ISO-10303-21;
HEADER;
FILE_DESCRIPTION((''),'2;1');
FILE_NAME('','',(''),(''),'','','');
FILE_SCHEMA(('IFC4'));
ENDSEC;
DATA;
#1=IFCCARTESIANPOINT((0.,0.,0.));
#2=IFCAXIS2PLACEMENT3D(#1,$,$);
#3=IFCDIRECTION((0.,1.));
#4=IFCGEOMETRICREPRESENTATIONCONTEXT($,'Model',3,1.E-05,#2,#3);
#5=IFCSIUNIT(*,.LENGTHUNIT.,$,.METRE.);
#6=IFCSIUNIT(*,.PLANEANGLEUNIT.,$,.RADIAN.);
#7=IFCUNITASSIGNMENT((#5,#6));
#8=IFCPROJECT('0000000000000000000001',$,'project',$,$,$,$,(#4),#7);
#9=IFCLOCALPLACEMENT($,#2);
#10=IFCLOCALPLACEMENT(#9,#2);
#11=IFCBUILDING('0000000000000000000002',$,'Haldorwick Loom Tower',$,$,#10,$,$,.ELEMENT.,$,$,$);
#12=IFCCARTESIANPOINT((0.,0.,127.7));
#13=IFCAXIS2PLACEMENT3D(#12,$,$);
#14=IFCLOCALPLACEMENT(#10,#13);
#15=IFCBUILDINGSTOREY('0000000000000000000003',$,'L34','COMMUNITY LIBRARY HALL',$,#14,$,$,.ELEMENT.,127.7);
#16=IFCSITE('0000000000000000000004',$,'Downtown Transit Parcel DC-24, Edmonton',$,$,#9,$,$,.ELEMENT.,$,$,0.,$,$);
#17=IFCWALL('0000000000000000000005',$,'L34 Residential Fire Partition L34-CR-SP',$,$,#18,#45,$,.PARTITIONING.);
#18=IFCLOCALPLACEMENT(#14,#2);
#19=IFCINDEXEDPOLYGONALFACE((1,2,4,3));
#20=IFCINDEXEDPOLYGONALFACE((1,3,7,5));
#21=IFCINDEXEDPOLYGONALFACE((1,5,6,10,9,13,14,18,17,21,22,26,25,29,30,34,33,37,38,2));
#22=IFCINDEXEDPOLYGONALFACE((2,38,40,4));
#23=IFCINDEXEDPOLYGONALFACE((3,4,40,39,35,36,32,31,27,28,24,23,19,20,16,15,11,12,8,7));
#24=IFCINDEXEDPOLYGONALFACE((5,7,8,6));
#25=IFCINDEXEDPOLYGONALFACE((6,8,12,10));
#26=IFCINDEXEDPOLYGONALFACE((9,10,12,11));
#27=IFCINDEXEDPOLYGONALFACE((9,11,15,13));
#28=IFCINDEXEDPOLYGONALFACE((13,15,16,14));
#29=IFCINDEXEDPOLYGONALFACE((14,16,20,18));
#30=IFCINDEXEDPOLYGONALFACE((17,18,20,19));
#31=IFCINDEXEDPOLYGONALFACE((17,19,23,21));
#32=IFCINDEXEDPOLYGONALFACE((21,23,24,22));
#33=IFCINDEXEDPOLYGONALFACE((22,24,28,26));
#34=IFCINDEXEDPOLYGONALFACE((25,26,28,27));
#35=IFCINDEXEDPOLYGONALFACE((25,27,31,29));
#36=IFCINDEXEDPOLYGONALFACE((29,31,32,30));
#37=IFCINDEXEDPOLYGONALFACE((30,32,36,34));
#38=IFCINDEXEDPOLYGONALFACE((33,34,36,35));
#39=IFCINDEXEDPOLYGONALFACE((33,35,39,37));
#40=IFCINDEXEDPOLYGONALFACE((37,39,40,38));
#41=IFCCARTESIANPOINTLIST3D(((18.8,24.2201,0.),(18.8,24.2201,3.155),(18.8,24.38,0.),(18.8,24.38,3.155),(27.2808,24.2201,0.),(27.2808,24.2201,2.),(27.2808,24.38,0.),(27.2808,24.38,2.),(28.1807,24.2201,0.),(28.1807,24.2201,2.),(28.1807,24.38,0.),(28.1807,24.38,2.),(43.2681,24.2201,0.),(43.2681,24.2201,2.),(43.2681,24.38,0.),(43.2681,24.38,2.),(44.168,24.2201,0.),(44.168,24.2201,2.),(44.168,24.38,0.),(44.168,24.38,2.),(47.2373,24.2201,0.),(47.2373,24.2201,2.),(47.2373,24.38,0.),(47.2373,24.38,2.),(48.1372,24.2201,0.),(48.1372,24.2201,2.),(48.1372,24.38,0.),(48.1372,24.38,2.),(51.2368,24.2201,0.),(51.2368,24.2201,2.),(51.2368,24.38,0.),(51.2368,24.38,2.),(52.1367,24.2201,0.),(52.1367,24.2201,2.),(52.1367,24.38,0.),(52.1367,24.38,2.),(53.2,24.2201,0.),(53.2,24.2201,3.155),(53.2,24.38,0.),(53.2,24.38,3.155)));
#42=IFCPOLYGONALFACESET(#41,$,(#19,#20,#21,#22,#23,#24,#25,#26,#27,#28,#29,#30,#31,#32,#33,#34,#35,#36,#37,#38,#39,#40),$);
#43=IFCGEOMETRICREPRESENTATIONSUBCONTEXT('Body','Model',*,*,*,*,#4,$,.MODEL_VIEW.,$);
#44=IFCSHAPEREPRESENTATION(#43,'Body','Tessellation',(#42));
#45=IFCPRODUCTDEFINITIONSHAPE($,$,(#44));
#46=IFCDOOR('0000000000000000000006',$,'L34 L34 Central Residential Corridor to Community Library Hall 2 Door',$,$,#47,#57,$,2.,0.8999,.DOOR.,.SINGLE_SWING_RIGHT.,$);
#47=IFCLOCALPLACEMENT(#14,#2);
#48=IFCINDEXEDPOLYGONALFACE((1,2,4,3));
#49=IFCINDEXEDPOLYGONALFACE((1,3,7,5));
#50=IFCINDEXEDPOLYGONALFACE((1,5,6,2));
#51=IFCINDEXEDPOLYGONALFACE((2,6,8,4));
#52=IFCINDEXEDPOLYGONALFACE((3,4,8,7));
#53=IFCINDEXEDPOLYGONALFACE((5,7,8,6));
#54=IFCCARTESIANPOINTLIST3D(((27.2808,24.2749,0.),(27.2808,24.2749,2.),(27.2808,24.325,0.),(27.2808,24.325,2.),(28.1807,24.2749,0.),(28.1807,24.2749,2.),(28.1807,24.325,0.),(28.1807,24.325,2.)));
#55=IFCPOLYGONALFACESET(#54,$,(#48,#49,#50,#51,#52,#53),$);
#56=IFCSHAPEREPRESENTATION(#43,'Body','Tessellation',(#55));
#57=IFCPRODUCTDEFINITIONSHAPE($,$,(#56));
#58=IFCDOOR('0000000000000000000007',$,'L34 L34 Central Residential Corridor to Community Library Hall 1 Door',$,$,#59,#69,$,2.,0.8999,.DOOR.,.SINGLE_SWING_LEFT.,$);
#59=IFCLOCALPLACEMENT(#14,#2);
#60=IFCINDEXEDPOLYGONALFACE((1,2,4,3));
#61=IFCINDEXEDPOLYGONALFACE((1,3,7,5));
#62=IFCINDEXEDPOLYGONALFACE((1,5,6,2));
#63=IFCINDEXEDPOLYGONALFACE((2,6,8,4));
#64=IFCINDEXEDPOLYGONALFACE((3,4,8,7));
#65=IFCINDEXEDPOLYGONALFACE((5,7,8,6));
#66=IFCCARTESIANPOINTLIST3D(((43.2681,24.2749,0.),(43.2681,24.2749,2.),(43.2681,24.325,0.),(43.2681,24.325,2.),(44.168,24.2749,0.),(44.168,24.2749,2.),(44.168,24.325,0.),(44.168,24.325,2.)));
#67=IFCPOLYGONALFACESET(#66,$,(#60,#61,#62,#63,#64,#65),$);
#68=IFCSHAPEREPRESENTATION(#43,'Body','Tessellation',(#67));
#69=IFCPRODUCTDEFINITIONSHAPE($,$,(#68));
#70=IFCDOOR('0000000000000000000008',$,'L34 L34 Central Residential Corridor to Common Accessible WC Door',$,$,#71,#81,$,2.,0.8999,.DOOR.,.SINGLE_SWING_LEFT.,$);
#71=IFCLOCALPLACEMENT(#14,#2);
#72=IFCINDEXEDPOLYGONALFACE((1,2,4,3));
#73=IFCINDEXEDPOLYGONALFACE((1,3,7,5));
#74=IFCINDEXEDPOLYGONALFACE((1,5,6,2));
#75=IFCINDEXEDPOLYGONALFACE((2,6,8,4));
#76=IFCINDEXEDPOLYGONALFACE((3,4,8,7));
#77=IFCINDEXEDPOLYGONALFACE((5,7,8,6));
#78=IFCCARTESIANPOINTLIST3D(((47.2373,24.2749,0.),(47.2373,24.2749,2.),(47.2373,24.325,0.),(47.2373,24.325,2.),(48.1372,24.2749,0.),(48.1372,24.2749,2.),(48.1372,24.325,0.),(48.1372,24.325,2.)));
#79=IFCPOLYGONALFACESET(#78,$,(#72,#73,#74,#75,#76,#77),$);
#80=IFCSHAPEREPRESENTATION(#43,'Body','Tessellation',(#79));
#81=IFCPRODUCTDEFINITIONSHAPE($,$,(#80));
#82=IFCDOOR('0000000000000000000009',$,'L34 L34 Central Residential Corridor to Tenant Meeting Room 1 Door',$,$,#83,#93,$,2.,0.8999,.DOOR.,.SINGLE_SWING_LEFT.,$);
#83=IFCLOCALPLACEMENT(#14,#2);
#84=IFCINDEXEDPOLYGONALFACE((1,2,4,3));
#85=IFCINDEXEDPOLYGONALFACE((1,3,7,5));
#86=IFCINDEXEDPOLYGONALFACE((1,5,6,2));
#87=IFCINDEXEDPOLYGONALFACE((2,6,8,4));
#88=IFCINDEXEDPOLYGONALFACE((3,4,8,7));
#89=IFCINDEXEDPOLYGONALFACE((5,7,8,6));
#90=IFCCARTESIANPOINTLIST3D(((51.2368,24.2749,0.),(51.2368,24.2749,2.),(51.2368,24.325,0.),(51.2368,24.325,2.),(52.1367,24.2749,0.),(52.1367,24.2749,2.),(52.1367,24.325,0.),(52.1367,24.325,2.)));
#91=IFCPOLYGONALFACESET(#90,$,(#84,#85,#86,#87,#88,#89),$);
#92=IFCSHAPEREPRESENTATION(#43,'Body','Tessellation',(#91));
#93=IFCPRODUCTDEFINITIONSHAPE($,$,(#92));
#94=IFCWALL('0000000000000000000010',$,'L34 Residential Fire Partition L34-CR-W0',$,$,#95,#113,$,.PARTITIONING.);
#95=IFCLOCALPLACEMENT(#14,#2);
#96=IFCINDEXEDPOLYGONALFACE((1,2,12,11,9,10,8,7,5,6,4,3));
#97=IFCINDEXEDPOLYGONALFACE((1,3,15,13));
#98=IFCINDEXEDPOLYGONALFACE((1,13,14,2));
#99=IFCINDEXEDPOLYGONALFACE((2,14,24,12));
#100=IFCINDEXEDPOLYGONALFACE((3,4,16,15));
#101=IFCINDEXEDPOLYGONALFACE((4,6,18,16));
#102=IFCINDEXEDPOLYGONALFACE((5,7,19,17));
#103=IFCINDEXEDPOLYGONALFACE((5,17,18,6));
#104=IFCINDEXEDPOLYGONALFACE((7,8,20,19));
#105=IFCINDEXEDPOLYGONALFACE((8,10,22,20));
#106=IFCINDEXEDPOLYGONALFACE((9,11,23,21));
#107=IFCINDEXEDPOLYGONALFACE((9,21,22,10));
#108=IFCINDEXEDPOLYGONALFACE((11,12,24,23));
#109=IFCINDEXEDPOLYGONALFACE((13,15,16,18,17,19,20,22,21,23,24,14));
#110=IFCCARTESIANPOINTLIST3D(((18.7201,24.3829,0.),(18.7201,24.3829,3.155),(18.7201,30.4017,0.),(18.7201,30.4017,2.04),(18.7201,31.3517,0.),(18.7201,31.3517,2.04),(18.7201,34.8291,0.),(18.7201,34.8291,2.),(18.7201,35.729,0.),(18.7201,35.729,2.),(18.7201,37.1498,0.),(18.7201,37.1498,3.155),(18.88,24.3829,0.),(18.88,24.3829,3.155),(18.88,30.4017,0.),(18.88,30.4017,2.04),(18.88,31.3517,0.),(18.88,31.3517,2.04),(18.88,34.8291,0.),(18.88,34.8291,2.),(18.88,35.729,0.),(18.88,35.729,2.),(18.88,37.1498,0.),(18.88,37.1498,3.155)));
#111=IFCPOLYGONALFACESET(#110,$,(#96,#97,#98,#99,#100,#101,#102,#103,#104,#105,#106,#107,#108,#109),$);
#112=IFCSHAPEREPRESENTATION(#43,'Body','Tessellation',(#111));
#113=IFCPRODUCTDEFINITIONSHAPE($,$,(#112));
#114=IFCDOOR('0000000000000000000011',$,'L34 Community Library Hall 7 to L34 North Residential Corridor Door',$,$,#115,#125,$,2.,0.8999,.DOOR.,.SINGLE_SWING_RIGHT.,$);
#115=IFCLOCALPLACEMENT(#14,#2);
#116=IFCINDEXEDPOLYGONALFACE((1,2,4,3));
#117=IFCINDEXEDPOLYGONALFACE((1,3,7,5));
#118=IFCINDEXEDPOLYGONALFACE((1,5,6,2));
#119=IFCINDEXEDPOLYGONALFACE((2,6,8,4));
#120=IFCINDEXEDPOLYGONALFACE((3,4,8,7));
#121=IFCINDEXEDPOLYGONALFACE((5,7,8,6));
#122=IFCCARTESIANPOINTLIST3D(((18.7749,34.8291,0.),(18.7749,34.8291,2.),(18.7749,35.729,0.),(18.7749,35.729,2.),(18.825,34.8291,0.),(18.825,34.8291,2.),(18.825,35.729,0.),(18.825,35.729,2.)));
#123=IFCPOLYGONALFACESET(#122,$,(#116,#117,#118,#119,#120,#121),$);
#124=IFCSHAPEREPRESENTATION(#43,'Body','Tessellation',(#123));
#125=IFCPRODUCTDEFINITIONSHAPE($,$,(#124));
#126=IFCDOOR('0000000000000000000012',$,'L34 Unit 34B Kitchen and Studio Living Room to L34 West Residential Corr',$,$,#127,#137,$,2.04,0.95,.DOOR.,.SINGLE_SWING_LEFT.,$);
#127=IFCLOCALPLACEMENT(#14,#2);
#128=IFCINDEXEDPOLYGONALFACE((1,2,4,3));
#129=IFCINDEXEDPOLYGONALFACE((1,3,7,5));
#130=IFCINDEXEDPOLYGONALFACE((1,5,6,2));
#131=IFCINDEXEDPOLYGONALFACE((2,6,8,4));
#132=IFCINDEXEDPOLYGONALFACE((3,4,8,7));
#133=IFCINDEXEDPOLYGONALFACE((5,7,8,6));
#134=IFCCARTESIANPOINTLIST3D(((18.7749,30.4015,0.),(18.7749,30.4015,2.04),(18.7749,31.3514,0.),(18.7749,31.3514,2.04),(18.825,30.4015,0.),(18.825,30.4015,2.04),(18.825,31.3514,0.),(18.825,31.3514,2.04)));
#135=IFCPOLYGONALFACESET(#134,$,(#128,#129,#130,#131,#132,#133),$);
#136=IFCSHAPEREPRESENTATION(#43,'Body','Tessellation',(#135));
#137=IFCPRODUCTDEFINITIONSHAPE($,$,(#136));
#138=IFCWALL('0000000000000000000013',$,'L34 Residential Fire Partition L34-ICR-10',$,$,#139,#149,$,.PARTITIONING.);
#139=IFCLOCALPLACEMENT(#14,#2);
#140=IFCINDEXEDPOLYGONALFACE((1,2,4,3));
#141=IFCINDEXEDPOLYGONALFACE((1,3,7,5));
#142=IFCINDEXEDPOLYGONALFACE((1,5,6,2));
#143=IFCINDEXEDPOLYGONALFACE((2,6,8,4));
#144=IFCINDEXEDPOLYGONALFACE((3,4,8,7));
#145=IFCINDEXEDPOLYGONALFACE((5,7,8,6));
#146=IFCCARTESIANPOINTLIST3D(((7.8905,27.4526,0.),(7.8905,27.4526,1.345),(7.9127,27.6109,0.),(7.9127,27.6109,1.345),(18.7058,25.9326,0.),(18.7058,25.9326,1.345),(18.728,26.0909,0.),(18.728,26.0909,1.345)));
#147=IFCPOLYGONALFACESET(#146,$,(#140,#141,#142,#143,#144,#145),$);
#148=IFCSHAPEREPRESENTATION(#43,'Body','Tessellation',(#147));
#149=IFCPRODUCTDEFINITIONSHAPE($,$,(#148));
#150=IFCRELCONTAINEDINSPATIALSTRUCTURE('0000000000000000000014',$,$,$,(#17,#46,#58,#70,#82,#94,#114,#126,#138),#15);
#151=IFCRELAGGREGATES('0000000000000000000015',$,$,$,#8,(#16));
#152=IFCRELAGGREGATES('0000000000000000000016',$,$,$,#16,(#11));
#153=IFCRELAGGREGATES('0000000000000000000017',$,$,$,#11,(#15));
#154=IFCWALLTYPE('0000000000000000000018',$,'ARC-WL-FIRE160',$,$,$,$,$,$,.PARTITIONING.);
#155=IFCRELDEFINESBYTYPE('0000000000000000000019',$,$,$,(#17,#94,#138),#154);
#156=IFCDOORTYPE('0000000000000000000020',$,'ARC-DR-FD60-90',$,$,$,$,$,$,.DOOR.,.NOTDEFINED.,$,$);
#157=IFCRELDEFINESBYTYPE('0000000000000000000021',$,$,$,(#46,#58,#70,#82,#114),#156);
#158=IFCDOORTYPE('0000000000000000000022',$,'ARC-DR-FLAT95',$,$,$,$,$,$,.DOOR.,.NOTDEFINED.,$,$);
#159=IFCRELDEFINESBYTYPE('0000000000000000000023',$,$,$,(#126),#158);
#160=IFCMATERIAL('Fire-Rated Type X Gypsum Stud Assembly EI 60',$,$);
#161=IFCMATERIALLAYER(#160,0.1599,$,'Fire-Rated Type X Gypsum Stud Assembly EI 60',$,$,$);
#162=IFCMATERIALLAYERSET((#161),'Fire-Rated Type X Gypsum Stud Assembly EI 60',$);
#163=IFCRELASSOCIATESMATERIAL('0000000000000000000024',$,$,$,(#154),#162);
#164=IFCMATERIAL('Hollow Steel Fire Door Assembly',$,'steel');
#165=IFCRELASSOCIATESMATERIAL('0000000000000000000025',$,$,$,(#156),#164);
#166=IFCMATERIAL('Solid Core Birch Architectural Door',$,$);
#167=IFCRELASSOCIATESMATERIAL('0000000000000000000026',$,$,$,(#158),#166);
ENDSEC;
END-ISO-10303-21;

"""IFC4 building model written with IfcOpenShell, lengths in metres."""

from ifc_helpers import new_model, si_unit, direction, frame, frame_2d, origin, place, context, subcontext, project, spatial, rectangle, extrude, material, layer, layer_set, type_object, element, fill, save


model = new_model("IFC4")

# Units and contexts
model_context = context("Model", 3, precision=1e-05, world=origin(), true_north=direction((0.0, 1.0)))
body_context = subcontext(model_context, "Body", "Model", "MODEL_VIEW")
ifc_project = project(units=[si_unit("LENGTHUNIT", "METRE"), si_unit("PLANEANGLEUNIT", "RADIAN")], contexts=[model_context])

# Site, building, storey
site_placement = place(None, origin())
site = spatial("IfcSite", under=ifc_project, at=site_placement, Name="Downtown Transit Parcel DC-24, Edmonton", CompositionType="ELEMENT", RefElevation=0.0)
building_placement = place(site_placement, origin())
building = spatial("IfcBuilding", under=site, at=building_placement, Name="Haldorwick Loom Tower", CompositionType="ELEMENT")
storey_placement = place(building_placement, frame((0.0, 0.0, 127.7)))
storey = spatial("IfcBuildingStorey", under=building, at=storey_placement, Name="L34", Description="COMMUNITY LIBRARY HALL", CompositionType="ELEMENT", Elevation=127.7)

# Walls, openings, doors
ifc_material_1 = material(Name="Fire-Rated Type X Gypsum Stud Assembly EI 60")
ifc_layer_1 = layer(ifc_material_1, 0.1599, Name="Fire-Rated Type X Gypsum Stud Assembly EI 60")
ifc_layer_set_1 = layer_set([ifc_layer_1], Name="Fire-Rated Type X Gypsum Stud Assembly EI 60")
wall_type_1 = type_object("IfcWallType", Name="ARC-WL-FIRE160", PredefinedType="PARTITIONING", material=ifc_layer_set_1)
wall_1_placement = place(storey_placement, frame((18.8, 24.3, 0.0), z_axis=(0.0, 0.0, 1.0), x_axis=(1.0, 0.0, 0.0)))
wall_1 = element("IfcWall", 1, at=wall_1_placement, inside=storey, type_object=wall_type_1, Name="L34 Residential Fire Partition L34-CR-SP", PredefinedType="PARTITIONING", context=body_context, shape_type="SweptSolid", body=[
    extrude(rectangle(XDim=34.3999, YDim=0.1599, at=frame_2d((17.2, 0.0))), origin(), (0.0, 0.0, 1.0), 3.155),
])
opening_1_placement = place(wall_1_placement, frame((8.4807, 0.0, 0.0)))
opening_1 = element("IfcOpeningElement", 2, at=opening_1_placement, cuts=wall_1, PredefinedType="OPENING", context=body_context, shape_type="SweptSolid", body=[
    extrude(rectangle(XDim=0.8999, YDim=2.0, at=frame_2d((0.45, 1.0))), frame((0.0, 0.0898, 0.0), z_axis=(0.0, -1.0, 0.0), x_axis=(1.0, 0.0, 0.0)), (0.0, 0.0, 1.0), 0.1799),
])
opening_2_placement = place(wall_1_placement, frame((24.468, 0.0, 0.0)))
opening_2 = element("IfcOpeningElement", 3, at=opening_2_placement, cuts=wall_1, PredefinedType="OPENING", context=body_context, shape_type="SweptSolid", body=[
    extrude(rectangle(XDim=0.8999, YDim=2.0, at=frame_2d((0.45, 1.0))), frame((0.0, 0.0898, 0.0), z_axis=(0.0, -1.0, 0.0), x_axis=(1.0, 0.0, 0.0)), (0.0, 0.0, 1.0), 0.1799),
])
opening_3_placement = place(wall_1_placement, frame((28.4373, 0.0, 0.0)))
opening_3 = element("IfcOpeningElement", 4, at=opening_3_placement, cuts=wall_1, PredefinedType="OPENING", context=body_context, shape_type="SweptSolid", body=[
    extrude(rectangle(XDim=0.8999, YDim=2.0, at=frame_2d((0.45, 1.0))), frame((0.0, 0.0898, 0.0), z_axis=(0.0, -1.0, 0.0), x_axis=(1.0, 0.0, 0.0)), (0.0, 0.0, 1.0), 0.1799),
])
opening_4_placement = place(wall_1_placement, frame((32.4368, 0.0, 0.0)))
opening_4 = element("IfcOpeningElement", 5, at=opening_4_placement, cuts=wall_1, PredefinedType="OPENING", context=body_context, shape_type="SweptSolid", body=[
    extrude(rectangle(XDim=0.8999, YDim=2.0, at=frame_2d((0.45, 1.0))), frame((0.0, 0.0898, 0.0), z_axis=(0.0, -1.0, 0.0), x_axis=(1.0, 0.0, 0.0)), (0.0, 0.0, 1.0), 0.1799),
])
ifc_material_2 = material(Name="Hollow Steel Fire Door Assembly", Category="steel")
door_type_1 = type_object("IfcDoorType", Name="ARC-DR-FD60-90", OperationType="NOTDEFINED", PredefinedType="DOOR", material=ifc_material_2)
door_1_placement = place(opening_1_placement, origin())
door_1 = element("IfcDoor", 6, at=door_1_placement, inside=storey, type_object=door_type_1, Name="L34 L34 Central Residential Corridor to Community Library Hall 2 Door", OperationType="SINGLE_SWING_RIGHT", OverallHeight=2.0, OverallWidth=0.8999, PredefinedType="DOOR", context=body_context, shape_type="SweptSolid", body=[
    extrude(rectangle(XDim=0.8999, YDim=2.0, at=frame_2d((0.45, 1.0))), frame((0.0, 0.0249, 0.0), z_axis=(0.0, -1.0, 0.0), x_axis=(1.0, 0.0, 0.0)), (0.0, 0.0, 1.0), 0.05),
])
fill(opening_1, door_1)
door_2_placement = place(opening_2_placement, origin())
door_2 = element("IfcDoor", 7, at=door_2_placement, inside=storey, type_object=door_type_1, Name="L34 L34 Central Residential Corridor to Community Library Hall 1 Door", OperationType="SINGLE_SWING_LEFT", OverallHeight=2.0, OverallWidth=0.8999, PredefinedType="DOOR", context=body_context, shape_type="SweptSolid", body=[
    extrude(rectangle(XDim=0.8999, YDim=2.0, at=frame_2d((0.45, 1.0))), frame((0.0, 0.0249, 0.0), z_axis=(0.0, -1.0, 0.0), x_axis=(1.0, 0.0, 0.0)), (0.0, 0.0, 1.0), 0.05),
])
fill(opening_2, door_2)
door_3_placement = place(opening_3_placement, origin())
door_3 = element("IfcDoor", 8, at=door_3_placement, inside=storey, type_object=door_type_1, Name="L34 L34 Central Residential Corridor to Common Accessible WC Door", OperationType="SINGLE_SWING_LEFT", OverallHeight=2.0, OverallWidth=0.8999, PredefinedType="DOOR", context=body_context, shape_type="SweptSolid", body=[
    extrude(rectangle(XDim=0.8999, YDim=2.0, at=frame_2d((0.45, 1.0))), frame((0.0, 0.0249, 0.0), z_axis=(0.0, -1.0, 0.0), x_axis=(1.0, 0.0, 0.0)), (0.0, 0.0, 1.0), 0.05),
])
fill(opening_3, door_3)
door_4_placement = place(opening_4_placement, origin())
door_4 = element("IfcDoor", 9, at=door_4_placement, inside=storey, type_object=door_type_1, Name="L34 L34 Central Residential Corridor to Tenant Meeting Room 1 Door", OperationType="SINGLE_SWING_LEFT", OverallHeight=2.0, OverallWidth=0.8999, PredefinedType="DOOR", context=body_context, shape_type="SweptSolid", body=[
    extrude(rectangle(XDim=0.8999, YDim=2.0, at=frame_2d((0.45, 1.0))), frame((0.0, 0.0249, 0.0), z_axis=(0.0, -1.0, 0.0), x_axis=(1.0, 0.0, 0.0)), (0.0, 0.0, 1.0), 0.05),
])
fill(opening_4, door_4)
wall_2_placement = place(storey_placement, frame((18.8, 24.3831, 0.0), z_axis=(0.0, 0.0, 1.0), x_axis=(0.0, 1.0, 0.0)))
wall_2 = element("IfcWall", 10, at=wall_2_placement, inside=storey, type_object=wall_type_1, Name="L34 Residential Fire Partition L34-CR-W0", PredefinedType="PARTITIONING", context=body_context, shape_type="SweptSolid", body=[
    extrude(rectangle(XDim=12.7668, YDim=0.1599, at=frame_2d((6.3833, 0.0))), origin(), (0.0, 0.0, 1.0), 3.155),
])
opening_5_placement = place(wall_2_placement, frame((6.0186, 0.0, 0.0)))
opening_5 = element("IfcOpeningElement", 11, at=opening_5_placement, cuts=wall_2, PredefinedType="OPENING", context=body_context, shape_type="SweptSolid", body=[
    extrude(rectangle(XDim=0.95, YDim=2.04, at=frame_2d((0.4751, 1.02))), frame((0.0, 0.0898, 0.0), z_axis=(0.0, -1.0, 0.0), x_axis=(1.0, 0.0, 0.0)), (0.0, 0.0, 1.0), 0.1799),
])
opening_6_placement = place(wall_2_placement, frame((10.446, 0.0, 0.0)))
opening_6 = element("IfcOpeningElement", 12, at=opening_6_placement, cuts=wall_2, PredefinedType="OPENING", context=body_context, shape_type="SweptSolid", body=[
    extrude(rectangle(XDim=0.8999, YDim=2.0, at=frame_2d((0.45, 1.0))), frame((0.0, 0.0898, 0.0), z_axis=(0.0, -1.0, 0.0), x_axis=(1.0, 0.0, 0.0)), (0.0, 0.0, 1.0), 0.1799),
])
door_5_placement = place(opening_6_placement, frame((0.8999, 0.0, 0.0), z_axis=(0.0, 0.0, 1.0), x_axis=(-1.0, 0.0, 0.0)))
door_5 = element("IfcDoor", 13, at=door_5_placement, inside=storey, type_object=door_type_1, Name="L34 Community Library Hall 7 to L34 North Residential Corridor Door", OperationType="SINGLE_SWING_RIGHT", OverallHeight=2.0, OverallWidth=0.8999, PredefinedType="DOOR", context=body_context, shape_type="SweptSolid", body=[
    extrude(rectangle(XDim=0.8999, YDim=2.0, at=frame_2d((0.45, 1.0))), frame((0.0, 0.0249, 0.0), z_axis=(0.0, -1.0, 0.0), x_axis=(1.0, 0.0, 0.0)), (0.0, 0.0, 1.0), 0.05),
])
fill(opening_6, door_5)
ifc_material_3 = material(Name="Solid Core Birch Architectural Door")
door_type_2 = type_object("IfcDoorType", Name="ARC-DR-FLAT95", OperationType="NOTDEFINED", PredefinedType="DOOR", material=ifc_material_3)
door_6_placement = place(opening_5_placement, frame((0.95, 0.0, 0.0), z_axis=(0.0, 0.0, 1.0), x_axis=(-1.0, 0.0, 0.0)))
door_6 = element("IfcDoor", 14, at=door_6_placement, inside=storey, type_object=door_type_2, Name="L34 Unit 34B Kitchen and Studio Living Room to L34 West Residential Corr", OperationType="SINGLE_SWING_LEFT", OverallHeight=2.04, OverallWidth=0.95, PredefinedType="DOOR", context=body_context, shape_type="SweptSolid", body=[
    extrude(rectangle(XDim=0.95, YDim=2.04, at=frame_2d((0.4751, 1.02))), frame((0.0, 0.0249, 0.0), z_axis=(0.0, -1.0, 0.0), x_axis=(1.0, 0.0, 0.0)), (0.0, 0.0, 1.0), 0.05),
])
fill(opening_5, door_6)

# Wall
wall_3_placement = place(storey_placement, frame((18.717, 26.0117, 0.0), z_axis=(0.0, 0.0, 1.0), x_axis=(-0.990268, 0.139174, 0.0)))
element("IfcWall", 15, at=wall_3_placement, inside=storey, type_object=wall_type_1, Name="L34 Residential Fire Partition L34-ICR-10", PredefinedType="PARTITIONING", context=body_context, shape_type="SweptSolid", body=[
    extrude(rectangle(XDim=10.9216, YDim=0.1599, at=frame_2d((5.4609, 0.0))), origin(), (0.0, 0.0, 1.0), 1.345),
])

save(model, "model.ifc")
